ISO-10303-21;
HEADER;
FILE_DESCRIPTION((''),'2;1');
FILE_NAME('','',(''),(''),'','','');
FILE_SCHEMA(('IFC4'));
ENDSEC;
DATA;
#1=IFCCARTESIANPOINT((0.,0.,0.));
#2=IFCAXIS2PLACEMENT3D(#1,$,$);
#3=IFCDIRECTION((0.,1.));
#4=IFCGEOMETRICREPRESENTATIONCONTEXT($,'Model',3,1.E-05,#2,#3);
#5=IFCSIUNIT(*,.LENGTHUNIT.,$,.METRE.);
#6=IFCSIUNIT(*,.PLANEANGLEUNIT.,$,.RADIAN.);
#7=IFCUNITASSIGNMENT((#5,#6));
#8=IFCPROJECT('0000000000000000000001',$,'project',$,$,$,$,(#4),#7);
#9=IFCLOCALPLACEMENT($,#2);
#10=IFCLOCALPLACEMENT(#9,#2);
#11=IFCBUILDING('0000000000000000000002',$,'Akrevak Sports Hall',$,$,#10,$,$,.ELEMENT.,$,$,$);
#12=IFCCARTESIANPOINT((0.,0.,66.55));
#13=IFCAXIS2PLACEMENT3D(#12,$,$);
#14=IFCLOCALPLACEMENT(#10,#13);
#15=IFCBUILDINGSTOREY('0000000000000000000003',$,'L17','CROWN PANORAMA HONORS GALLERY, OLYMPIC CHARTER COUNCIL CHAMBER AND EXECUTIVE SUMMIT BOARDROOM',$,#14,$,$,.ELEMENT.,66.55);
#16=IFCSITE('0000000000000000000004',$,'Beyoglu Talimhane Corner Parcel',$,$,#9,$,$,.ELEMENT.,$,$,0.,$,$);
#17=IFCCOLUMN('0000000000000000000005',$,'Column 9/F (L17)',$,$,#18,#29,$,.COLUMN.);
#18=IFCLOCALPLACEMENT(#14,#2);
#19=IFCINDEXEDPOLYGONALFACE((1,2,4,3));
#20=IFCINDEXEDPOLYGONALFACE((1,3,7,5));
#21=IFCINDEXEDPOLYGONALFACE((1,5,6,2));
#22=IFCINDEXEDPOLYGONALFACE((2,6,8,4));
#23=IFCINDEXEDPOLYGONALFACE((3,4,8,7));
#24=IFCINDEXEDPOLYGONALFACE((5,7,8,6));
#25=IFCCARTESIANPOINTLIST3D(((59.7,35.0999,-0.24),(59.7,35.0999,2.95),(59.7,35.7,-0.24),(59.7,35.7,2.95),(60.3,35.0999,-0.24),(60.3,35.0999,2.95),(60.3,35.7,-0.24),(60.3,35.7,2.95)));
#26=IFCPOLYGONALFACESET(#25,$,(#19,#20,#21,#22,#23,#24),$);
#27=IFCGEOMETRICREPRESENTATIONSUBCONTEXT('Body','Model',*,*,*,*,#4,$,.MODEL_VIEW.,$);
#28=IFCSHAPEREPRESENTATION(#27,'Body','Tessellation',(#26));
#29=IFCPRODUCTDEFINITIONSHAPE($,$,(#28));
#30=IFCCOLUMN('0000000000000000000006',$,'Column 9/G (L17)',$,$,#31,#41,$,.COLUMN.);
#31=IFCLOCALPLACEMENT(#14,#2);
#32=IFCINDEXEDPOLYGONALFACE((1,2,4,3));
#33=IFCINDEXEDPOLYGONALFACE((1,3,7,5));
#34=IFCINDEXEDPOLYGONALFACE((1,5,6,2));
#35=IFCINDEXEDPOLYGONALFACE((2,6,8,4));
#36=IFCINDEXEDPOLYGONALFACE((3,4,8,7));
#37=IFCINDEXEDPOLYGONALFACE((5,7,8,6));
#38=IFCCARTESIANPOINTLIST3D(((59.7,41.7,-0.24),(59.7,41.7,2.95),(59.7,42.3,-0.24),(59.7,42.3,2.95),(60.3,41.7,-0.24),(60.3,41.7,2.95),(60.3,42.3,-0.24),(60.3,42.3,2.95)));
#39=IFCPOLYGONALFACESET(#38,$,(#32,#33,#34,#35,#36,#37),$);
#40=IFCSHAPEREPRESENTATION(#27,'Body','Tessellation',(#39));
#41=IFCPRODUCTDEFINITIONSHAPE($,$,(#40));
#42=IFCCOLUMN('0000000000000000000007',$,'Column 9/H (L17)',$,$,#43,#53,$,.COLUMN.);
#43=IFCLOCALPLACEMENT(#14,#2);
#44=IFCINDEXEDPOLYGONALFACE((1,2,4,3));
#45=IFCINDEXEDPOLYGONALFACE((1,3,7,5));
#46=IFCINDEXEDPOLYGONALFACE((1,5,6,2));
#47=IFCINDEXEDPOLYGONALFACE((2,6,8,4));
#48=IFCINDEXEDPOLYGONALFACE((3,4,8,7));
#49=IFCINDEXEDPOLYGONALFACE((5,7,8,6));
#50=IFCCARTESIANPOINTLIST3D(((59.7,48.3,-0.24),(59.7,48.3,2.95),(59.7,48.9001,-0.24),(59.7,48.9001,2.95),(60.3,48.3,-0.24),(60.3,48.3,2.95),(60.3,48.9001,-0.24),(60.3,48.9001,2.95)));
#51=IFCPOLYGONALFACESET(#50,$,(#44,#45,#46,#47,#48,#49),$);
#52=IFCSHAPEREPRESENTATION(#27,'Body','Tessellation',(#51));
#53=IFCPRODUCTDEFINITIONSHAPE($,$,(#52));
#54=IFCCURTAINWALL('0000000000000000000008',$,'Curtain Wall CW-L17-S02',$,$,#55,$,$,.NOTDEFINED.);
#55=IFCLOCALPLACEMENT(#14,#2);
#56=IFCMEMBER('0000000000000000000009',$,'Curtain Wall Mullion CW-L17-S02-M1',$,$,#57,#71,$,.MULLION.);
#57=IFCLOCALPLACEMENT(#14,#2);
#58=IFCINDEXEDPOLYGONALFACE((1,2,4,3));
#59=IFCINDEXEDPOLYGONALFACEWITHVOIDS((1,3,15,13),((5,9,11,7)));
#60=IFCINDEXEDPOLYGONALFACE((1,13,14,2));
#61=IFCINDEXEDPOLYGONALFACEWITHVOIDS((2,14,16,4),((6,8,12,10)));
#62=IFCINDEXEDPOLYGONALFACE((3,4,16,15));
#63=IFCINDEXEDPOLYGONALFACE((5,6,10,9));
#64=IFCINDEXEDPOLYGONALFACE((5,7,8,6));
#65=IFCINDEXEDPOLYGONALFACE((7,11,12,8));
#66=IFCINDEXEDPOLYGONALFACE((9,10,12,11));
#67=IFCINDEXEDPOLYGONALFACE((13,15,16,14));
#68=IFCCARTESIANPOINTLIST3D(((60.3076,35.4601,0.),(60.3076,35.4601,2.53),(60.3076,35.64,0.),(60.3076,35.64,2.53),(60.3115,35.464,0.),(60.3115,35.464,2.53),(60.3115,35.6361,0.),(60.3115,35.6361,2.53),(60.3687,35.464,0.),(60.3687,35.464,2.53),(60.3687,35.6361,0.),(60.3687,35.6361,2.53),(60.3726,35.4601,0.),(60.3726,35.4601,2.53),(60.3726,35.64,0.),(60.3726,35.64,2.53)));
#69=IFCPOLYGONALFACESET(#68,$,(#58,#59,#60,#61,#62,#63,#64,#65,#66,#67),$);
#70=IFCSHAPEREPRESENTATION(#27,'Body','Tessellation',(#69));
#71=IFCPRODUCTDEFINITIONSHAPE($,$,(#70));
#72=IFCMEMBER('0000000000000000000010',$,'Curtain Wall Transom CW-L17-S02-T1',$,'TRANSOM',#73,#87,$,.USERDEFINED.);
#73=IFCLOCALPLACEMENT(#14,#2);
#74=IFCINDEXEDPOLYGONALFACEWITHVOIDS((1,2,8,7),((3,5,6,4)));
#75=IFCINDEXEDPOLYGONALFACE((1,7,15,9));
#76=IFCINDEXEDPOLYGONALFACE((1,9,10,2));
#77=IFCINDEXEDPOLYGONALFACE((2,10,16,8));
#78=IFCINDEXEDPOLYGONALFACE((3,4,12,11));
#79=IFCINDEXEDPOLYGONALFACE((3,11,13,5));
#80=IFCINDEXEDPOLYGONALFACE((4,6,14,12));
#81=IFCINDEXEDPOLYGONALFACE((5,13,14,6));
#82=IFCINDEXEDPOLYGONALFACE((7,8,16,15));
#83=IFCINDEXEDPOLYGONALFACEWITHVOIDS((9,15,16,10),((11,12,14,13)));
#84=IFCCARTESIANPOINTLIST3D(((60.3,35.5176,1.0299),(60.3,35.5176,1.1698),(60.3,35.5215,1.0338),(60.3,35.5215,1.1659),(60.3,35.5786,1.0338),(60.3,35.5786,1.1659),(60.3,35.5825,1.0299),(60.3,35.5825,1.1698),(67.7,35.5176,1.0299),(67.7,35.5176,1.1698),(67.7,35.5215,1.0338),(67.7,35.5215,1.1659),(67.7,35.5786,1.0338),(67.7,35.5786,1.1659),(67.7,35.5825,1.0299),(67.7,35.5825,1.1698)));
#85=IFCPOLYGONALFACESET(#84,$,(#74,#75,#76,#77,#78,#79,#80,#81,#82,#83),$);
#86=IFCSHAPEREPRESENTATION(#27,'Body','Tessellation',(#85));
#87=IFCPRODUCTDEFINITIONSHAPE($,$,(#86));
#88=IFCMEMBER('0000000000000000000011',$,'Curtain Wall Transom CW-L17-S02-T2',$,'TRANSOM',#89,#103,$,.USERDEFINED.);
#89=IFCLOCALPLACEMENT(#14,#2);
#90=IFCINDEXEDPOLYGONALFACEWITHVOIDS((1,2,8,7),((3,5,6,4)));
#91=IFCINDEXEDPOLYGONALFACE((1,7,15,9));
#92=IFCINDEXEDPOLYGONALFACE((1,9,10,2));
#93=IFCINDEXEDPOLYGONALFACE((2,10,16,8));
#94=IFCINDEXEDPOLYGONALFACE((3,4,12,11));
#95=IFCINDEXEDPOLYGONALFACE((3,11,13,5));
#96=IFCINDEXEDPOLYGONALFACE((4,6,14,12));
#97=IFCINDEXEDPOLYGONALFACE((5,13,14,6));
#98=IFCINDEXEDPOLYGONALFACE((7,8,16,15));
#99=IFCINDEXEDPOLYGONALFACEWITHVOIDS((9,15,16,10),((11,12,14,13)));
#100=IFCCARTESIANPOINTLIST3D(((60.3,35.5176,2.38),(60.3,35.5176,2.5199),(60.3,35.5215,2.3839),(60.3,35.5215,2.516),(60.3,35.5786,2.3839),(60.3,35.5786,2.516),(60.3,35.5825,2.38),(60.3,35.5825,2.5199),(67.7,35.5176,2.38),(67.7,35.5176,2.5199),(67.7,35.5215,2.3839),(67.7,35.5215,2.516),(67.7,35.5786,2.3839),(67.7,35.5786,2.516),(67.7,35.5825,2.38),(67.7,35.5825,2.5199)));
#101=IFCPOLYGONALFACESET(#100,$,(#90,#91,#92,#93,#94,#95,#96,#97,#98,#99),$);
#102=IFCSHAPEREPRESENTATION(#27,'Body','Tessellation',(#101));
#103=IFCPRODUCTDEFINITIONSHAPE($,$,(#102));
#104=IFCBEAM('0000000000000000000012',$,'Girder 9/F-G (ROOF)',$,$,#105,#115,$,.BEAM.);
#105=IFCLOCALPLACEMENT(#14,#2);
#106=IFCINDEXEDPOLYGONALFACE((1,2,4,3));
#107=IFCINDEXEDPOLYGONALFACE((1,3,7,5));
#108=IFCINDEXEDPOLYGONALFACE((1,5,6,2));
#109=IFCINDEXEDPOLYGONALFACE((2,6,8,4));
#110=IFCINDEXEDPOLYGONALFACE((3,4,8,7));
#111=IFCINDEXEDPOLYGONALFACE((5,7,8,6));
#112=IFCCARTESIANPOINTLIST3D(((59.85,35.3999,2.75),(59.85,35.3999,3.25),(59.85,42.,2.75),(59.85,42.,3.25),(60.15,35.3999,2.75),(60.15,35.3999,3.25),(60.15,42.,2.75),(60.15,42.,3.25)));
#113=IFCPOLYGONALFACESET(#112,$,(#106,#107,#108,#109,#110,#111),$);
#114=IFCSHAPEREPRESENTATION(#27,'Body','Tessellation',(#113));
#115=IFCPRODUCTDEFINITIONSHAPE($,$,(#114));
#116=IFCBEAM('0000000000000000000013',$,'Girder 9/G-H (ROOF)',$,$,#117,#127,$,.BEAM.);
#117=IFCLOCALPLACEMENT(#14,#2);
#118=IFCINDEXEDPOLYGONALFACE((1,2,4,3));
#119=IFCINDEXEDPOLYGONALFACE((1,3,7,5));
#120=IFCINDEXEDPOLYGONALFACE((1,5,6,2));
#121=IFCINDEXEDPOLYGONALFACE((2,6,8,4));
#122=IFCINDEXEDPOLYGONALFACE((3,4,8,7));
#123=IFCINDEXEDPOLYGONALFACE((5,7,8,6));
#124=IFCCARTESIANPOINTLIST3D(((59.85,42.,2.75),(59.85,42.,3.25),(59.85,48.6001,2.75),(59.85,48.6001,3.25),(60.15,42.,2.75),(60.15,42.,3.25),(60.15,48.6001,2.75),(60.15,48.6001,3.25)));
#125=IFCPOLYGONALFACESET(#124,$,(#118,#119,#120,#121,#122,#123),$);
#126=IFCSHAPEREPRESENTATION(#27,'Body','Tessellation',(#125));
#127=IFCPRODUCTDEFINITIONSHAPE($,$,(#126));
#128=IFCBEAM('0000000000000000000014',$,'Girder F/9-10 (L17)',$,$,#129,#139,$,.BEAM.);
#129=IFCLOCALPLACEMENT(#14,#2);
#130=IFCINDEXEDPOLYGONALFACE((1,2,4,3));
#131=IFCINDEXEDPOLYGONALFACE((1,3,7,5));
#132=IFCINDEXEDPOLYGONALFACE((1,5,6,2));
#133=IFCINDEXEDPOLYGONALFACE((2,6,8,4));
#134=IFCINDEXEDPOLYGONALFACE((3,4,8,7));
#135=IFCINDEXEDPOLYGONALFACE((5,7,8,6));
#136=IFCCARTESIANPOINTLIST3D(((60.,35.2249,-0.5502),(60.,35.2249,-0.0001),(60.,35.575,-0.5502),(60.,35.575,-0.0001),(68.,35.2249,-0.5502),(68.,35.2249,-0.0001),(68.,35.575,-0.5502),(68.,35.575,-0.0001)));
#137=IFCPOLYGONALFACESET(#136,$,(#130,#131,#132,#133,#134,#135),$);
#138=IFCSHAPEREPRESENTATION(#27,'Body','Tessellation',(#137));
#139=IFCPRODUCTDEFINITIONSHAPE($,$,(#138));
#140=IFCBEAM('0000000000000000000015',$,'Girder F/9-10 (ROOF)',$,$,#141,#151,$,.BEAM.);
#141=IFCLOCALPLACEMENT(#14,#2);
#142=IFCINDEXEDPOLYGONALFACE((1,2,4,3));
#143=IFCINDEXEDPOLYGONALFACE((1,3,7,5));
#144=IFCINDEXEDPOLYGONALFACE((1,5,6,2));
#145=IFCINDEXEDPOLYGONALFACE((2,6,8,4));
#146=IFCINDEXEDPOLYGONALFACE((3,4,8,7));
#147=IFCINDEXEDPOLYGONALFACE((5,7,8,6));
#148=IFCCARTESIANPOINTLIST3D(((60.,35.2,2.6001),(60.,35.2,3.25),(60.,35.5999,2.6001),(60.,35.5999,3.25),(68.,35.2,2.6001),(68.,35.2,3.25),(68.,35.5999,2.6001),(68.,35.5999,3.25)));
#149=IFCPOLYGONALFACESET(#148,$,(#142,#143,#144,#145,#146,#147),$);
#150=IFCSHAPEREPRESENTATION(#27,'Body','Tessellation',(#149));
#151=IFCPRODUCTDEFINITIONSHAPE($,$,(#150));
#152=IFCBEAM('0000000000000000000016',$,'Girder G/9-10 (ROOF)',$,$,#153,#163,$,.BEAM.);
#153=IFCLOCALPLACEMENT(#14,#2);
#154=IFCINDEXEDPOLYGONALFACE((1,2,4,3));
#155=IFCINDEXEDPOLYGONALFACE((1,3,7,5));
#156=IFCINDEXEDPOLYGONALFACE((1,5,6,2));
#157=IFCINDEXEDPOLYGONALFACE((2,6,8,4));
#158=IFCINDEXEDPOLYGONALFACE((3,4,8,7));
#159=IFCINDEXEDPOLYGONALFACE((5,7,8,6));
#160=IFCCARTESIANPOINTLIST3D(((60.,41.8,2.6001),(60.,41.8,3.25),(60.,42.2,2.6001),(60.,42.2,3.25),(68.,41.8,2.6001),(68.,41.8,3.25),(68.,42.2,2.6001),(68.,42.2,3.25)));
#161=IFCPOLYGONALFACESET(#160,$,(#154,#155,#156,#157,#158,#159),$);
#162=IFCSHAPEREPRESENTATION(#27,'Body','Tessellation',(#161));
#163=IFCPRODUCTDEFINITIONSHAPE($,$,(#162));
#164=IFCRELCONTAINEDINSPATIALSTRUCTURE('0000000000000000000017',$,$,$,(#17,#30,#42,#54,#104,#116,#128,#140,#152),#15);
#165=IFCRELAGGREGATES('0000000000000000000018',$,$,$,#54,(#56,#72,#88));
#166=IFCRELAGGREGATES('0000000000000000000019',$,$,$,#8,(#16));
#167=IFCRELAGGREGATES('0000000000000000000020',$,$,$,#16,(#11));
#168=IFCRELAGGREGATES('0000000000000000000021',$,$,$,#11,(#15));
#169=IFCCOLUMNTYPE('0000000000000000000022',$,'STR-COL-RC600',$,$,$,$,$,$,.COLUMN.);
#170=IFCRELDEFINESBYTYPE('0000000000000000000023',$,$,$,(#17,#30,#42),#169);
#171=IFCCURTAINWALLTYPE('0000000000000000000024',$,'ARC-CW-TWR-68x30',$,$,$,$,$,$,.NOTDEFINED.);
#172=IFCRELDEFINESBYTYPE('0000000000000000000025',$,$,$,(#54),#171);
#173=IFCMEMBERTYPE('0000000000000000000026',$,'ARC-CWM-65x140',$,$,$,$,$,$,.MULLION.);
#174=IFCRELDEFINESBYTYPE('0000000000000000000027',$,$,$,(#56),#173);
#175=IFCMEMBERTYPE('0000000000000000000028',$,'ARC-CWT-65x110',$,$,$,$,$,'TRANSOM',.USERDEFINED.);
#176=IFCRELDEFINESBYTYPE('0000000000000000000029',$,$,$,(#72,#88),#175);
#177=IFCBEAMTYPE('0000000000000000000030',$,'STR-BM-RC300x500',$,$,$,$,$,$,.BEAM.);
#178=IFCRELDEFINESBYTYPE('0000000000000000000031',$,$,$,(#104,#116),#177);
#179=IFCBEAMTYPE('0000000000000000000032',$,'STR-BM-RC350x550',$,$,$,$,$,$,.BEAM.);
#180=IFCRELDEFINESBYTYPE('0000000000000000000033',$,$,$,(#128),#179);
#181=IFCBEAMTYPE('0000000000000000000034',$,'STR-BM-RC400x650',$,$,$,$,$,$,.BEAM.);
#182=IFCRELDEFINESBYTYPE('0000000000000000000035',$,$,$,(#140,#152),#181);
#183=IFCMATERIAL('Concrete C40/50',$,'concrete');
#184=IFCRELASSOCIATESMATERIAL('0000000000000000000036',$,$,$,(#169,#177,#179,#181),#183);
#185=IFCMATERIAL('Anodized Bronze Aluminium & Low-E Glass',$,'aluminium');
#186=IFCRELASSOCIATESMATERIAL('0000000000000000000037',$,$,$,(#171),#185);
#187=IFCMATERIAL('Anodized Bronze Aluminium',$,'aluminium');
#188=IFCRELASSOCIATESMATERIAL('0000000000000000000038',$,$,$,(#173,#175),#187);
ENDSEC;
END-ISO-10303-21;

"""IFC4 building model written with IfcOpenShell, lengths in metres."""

from ifc_helpers import new_model, si_unit, direction, frame, origin, origin_2d, place, context, subcontext, project, spatial, rectangle, hollow_rectangle, extrude, material, material_profile, profile_set, type_object, element, aggregate, save


model = new_model("IFC4")

# Units and contexts
model_context = context("Model", 3, precision=1e-05, world=origin(), true_north=direction((0.0, 1.0)))
body_context = subcontext(model_context, "Body", "Model", "MODEL_VIEW")
ifc_project = project(units=[si_unit("LENGTHUNIT", "METRE"), si_unit("PLANEANGLEUNIT", "RADIAN")], contexts=[model_context])

# Site, building, storey
site_placement = place(None, origin())
site = spatial("IfcSite", under=ifc_project, at=site_placement, Name="Beyoglu Talimhane Corner Parcel", CompositionType="ELEMENT", RefElevation=0.0)
building_placement = place(site_placement, origin())
building = spatial("IfcBuilding", under=site, at=building_placement, Name="Akrevak Sports Hall", CompositionType="ELEMENT")
storey_placement = place(building_placement, frame((0.0, 0.0, 66.55)))
storey = spatial("IfcBuildingStorey", under=building, at=storey_placement, Name="L17", Description="CROWN PANORAMA HONORS GALLERY, OLYMPIC CHARTER COUNCIL CHAMBER AND EXECUTIVE SUMMIT BOARDROOM", CompositionType="ELEMENT", Elevation=66.55)

# Columns
ifc_material_1 = material(Name="Concrete C40/50", Category="concrete")
ifc_material_profile_1 = material_profile(ifc_material_1, rectangle(XDim=0.6001, YDim=0.6001, at=origin_2d()), Name="RC 600x600", Category="concrete")
ifc_profile_set_1 = profile_set([ifc_material_profile_1], Name="Concrete C40/50")
column_type = type_object("IfcColumnType", Name="STR-COL-RC600", PredefinedType="COLUMN", material=ifc_profile_set_1)
for number, where, z_axis, x_axis, name in (
    (1, (60.0, 35.3999, -0.24), (0.0, 0.0, 1.0), (1.0, 0.0, 0.0), "Column 9/F (L17)"),
    (2, (60.0, 42.0, -0.24), (0.0, 0.0, 1.0), (1.0, 0.0, 0.0), "Column 9/G (L17)"),
    (3, (60.0, 48.6001, -0.24), (0.0, 0.0, 1.0), (1.0, 0.0, 0.0), "Column 9/H (L17)"),
):
    element("IfcColumn", number, at=place(storey_placement, frame(where, z_axis=z_axis, x_axis=x_axis)), inside=storey, type_object=column_type, Name=name, PredefinedType="COLUMN", context=body_context, shape_type="SweptSolid", body=[
        extrude(rectangle(XDim=0.6001, YDim=0.6001, at=origin_2d()), origin(), (0.0, 0.0, 1.0), 3.1899),
    ])

# Curtain wall, members
ifc_material_2 = material(Name="Anodized Bronze Aluminium & Low-E Glass", Category="aluminium")
curtain_wall_type = type_object("IfcCurtainWallType", Name="ARC-CW-TWR-68x30", PredefinedType="NOTDEFINED", material=ifc_material_2)
curtain_wall_placement = place(storey_placement, origin())
curtain_wall = element("IfcCurtainWall", 4, at=curtain_wall_placement, inside=storey, type_object=curtain_wall_type, Name="Curtain Wall CW-L17-S02", PredefinedType="NOTDEFINED")
ifc_material_3 = material(Name="Anodized Bronze Aluminium", Category="aluminium")
ifc_material_profile_2 = material_profile(ifc_material_3, hollow_rectangle(XDim=0.0649, YDim=0.1799, WallThickness=0.0039, at=origin_2d()), Name="CWM 65x180", Category="aluminium")
ifc_profile_set_2 = profile_set([ifc_material_profile_2], Name="Anodized Bronze Aluminium")
member_type_1 = type_object("IfcMemberType", Name="ARC-CWM-65x140", PredefinedType="MULLION", material=ifc_profile_set_2)
member_1_placement = place(storey_placement, frame((60.3401, 35.55, 0.0), z_axis=(0.0, 0.0, 1.0), x_axis=(1.0, 0.0, 0.0)))
member_1 = element("IfcMember", 5, at=member_1_placement, type_object=member_type_1, Name="Curtain Wall Mullion CW-L17-S02-M1", PredefinedType="MULLION", context=body_context, shape_type="SweptSolid", body=[
    extrude(hollow_rectangle(XDim=0.0649, YDim=0.1799, WallThickness=0.0039, at=origin_2d()), origin(), (0.0, 0.0, 1.0), 2.53),
])
ifc_material_profile_3 = material_profile(ifc_material_3, hollow_rectangle(XDim=0.0649, YDim=0.1399, WallThickness=0.0039, at=origin_2d()), Name="CWT 65x140", Category="aluminium")
ifc_profile_set_3 = profile_set([ifc_material_profile_3], Name="Anodized Bronze Aluminium")
member_type_2 = type_object("IfcMemberType", Name="ARC-CWT-65x110", ElementType="TRANSOM", PredefinedType="USERDEFINED", material=ifc_profile_set_3)
member_2_placement = place(storey_placement, frame((60.3, 35.55, 1.0999), z_axis=(1.0, 0.0, 0.0), x_axis=(0.0, 1.0, 0.0)))
member_2 = element("IfcMember", 6, at=member_2_placement, type_object=member_type_2, Name="Curtain Wall Transom CW-L17-S02-T1", ObjectType="TRANSOM", PredefinedType="USERDEFINED", context=body_context, shape_type="SweptSolid", body=[
    extrude(hollow_rectangle(XDim=0.0649, YDim=0.1399, WallThickness=0.0039, at=origin_2d()), origin(), (0.0, 0.0, 1.0), 7.3999),
])
member_3_placement = place(storey_placement, frame((60.3, 35.55, 2.45), z_axis=(1.0, 0.0, 0.0), x_axis=(0.0, 1.0, 0.0)))
member_3 = element("IfcMember", 7, at=member_3_placement, type_object=member_type_2, Name="Curtain Wall Transom CW-L17-S02-T2", ObjectType="TRANSOM", PredefinedType="USERDEFINED", context=body_context, shape_type="SweptSolid", body=[
    extrude(hollow_rectangle(XDim=0.0649, YDim=0.1399, WallThickness=0.0039, at=origin_2d()), origin(), (0.0, 0.0, 1.0), 7.3999),
])
aggregate(curtain_wall, [member_1, member_2, member_3])

# Beams
ifc_material_profile_4 = material_profile(ifc_material_1, rectangle(XDim=0.3, YDim=0.5, at=origin_2d()), Name="BM 300x500", Category="concrete")
ifc_profile_set_4 = profile_set([ifc_material_profile_4], Name="Concrete C40/50")
beam_type_1 = type_object("IfcBeamType", Name="STR-BM-RC300x500", PredefinedType="BEAM", material=ifc_profile_set_4)
for number, where, z_axis, x_axis, name in (
    (8, (60.0, 35.3999, 3.0), (0.0, 1.0, 0.0), (-1.0, 0.0, 0.0), "Girder 9/F-G (ROOF)"),
    (9, (60.0, 42.0, 3.0), (0.0, 1.0, 0.0), (-1.0, 0.0, 0.0), "Girder 9/G-H (ROOF)"),
):
    element("IfcBeam", number, at=place(storey_placement, frame(where, z_axis=z_axis, x_axis=x_axis)), inside=storey, type_object=beam_type_1, Name=name, PredefinedType="BEAM", context=body_context, shape_type="SweptSolid", body=[
        extrude(rectangle(XDim=0.3, YDim=0.5, at=origin_2d()), origin(), (0.0, 0.0, 1.0), 6.6001),
    ])
ifc_material_profile_5 = material_profile(ifc_material_1, rectangle(XDim=0.3501, YDim=0.55, at=origin_2d()), Name="BM 350x550", Category="concrete")
ifc_profile_set_5 = profile_set([ifc_material_profile_5], Name="Concrete C40/50")
beam_type_2 = type_object("IfcBeamType", Name="STR-BM-RC350x550", PredefinedType="BEAM", material=ifc_profile_set_5)
beam_placement = place(storey_placement, frame((60.0, 35.3999, -0.2751), z_axis=(1.0, 0.0, 0.0), x_axis=(0.0, 1.0, 0.0)))
element("IfcBeam", 10, at=beam_placement, inside=storey, type_object=beam_type_2, Name="Girder F/9-10 (L17)", PredefinedType="BEAM", context=body_context, shape_type="SweptSolid", body=[
    extrude(rectangle(XDim=0.3501, YDim=0.55, at=origin_2d()), origin(), (0.0, 0.0, 1.0), 8.0),
])
ifc_material_profile_6 = material_profile(ifc_material_1, rectangle(XDim=0.3999, YDim=0.6499, at=origin_2d()), Name="BM 400x650", Category="concrete")
ifc_profile_set_6 = profile_set([ifc_material_profile_6], Name="Concrete C40/50")
beam_type_3 = type_object("IfcBeamType", Name="STR-BM-RC400x650", PredefinedType="BEAM", material=ifc_profile_set_6)
for number, where, z_axis, x_axis, name in (
    (11, (60.0, 35.3999, 2.925), (1.0, 0.0, 0.0), (0.0, 1.0, 0.0), "Girder F/9-10 (ROOF)"),
    (12, (60.0, 42.0, 2.925), (1.0, 0.0, 0.0), (0.0, 1.0, 0.0), "Girder G/9-10 (ROOF)"),
):
    element("IfcBeam", number, at=place(storey_placement, frame(where, z_axis=z_axis, x_axis=x_axis)), inside=storey, type_object=beam_type_3, Name=name, PredefinedType="BEAM", context=body_context, shape_type="SweptSolid", body=[
        extrude(rectangle(XDim=0.3999, YDim=0.6499, at=origin_2d()), origin(), (0.0, 0.0, 1.0), 8.0),
    ])

save(model, "model.ifc")
